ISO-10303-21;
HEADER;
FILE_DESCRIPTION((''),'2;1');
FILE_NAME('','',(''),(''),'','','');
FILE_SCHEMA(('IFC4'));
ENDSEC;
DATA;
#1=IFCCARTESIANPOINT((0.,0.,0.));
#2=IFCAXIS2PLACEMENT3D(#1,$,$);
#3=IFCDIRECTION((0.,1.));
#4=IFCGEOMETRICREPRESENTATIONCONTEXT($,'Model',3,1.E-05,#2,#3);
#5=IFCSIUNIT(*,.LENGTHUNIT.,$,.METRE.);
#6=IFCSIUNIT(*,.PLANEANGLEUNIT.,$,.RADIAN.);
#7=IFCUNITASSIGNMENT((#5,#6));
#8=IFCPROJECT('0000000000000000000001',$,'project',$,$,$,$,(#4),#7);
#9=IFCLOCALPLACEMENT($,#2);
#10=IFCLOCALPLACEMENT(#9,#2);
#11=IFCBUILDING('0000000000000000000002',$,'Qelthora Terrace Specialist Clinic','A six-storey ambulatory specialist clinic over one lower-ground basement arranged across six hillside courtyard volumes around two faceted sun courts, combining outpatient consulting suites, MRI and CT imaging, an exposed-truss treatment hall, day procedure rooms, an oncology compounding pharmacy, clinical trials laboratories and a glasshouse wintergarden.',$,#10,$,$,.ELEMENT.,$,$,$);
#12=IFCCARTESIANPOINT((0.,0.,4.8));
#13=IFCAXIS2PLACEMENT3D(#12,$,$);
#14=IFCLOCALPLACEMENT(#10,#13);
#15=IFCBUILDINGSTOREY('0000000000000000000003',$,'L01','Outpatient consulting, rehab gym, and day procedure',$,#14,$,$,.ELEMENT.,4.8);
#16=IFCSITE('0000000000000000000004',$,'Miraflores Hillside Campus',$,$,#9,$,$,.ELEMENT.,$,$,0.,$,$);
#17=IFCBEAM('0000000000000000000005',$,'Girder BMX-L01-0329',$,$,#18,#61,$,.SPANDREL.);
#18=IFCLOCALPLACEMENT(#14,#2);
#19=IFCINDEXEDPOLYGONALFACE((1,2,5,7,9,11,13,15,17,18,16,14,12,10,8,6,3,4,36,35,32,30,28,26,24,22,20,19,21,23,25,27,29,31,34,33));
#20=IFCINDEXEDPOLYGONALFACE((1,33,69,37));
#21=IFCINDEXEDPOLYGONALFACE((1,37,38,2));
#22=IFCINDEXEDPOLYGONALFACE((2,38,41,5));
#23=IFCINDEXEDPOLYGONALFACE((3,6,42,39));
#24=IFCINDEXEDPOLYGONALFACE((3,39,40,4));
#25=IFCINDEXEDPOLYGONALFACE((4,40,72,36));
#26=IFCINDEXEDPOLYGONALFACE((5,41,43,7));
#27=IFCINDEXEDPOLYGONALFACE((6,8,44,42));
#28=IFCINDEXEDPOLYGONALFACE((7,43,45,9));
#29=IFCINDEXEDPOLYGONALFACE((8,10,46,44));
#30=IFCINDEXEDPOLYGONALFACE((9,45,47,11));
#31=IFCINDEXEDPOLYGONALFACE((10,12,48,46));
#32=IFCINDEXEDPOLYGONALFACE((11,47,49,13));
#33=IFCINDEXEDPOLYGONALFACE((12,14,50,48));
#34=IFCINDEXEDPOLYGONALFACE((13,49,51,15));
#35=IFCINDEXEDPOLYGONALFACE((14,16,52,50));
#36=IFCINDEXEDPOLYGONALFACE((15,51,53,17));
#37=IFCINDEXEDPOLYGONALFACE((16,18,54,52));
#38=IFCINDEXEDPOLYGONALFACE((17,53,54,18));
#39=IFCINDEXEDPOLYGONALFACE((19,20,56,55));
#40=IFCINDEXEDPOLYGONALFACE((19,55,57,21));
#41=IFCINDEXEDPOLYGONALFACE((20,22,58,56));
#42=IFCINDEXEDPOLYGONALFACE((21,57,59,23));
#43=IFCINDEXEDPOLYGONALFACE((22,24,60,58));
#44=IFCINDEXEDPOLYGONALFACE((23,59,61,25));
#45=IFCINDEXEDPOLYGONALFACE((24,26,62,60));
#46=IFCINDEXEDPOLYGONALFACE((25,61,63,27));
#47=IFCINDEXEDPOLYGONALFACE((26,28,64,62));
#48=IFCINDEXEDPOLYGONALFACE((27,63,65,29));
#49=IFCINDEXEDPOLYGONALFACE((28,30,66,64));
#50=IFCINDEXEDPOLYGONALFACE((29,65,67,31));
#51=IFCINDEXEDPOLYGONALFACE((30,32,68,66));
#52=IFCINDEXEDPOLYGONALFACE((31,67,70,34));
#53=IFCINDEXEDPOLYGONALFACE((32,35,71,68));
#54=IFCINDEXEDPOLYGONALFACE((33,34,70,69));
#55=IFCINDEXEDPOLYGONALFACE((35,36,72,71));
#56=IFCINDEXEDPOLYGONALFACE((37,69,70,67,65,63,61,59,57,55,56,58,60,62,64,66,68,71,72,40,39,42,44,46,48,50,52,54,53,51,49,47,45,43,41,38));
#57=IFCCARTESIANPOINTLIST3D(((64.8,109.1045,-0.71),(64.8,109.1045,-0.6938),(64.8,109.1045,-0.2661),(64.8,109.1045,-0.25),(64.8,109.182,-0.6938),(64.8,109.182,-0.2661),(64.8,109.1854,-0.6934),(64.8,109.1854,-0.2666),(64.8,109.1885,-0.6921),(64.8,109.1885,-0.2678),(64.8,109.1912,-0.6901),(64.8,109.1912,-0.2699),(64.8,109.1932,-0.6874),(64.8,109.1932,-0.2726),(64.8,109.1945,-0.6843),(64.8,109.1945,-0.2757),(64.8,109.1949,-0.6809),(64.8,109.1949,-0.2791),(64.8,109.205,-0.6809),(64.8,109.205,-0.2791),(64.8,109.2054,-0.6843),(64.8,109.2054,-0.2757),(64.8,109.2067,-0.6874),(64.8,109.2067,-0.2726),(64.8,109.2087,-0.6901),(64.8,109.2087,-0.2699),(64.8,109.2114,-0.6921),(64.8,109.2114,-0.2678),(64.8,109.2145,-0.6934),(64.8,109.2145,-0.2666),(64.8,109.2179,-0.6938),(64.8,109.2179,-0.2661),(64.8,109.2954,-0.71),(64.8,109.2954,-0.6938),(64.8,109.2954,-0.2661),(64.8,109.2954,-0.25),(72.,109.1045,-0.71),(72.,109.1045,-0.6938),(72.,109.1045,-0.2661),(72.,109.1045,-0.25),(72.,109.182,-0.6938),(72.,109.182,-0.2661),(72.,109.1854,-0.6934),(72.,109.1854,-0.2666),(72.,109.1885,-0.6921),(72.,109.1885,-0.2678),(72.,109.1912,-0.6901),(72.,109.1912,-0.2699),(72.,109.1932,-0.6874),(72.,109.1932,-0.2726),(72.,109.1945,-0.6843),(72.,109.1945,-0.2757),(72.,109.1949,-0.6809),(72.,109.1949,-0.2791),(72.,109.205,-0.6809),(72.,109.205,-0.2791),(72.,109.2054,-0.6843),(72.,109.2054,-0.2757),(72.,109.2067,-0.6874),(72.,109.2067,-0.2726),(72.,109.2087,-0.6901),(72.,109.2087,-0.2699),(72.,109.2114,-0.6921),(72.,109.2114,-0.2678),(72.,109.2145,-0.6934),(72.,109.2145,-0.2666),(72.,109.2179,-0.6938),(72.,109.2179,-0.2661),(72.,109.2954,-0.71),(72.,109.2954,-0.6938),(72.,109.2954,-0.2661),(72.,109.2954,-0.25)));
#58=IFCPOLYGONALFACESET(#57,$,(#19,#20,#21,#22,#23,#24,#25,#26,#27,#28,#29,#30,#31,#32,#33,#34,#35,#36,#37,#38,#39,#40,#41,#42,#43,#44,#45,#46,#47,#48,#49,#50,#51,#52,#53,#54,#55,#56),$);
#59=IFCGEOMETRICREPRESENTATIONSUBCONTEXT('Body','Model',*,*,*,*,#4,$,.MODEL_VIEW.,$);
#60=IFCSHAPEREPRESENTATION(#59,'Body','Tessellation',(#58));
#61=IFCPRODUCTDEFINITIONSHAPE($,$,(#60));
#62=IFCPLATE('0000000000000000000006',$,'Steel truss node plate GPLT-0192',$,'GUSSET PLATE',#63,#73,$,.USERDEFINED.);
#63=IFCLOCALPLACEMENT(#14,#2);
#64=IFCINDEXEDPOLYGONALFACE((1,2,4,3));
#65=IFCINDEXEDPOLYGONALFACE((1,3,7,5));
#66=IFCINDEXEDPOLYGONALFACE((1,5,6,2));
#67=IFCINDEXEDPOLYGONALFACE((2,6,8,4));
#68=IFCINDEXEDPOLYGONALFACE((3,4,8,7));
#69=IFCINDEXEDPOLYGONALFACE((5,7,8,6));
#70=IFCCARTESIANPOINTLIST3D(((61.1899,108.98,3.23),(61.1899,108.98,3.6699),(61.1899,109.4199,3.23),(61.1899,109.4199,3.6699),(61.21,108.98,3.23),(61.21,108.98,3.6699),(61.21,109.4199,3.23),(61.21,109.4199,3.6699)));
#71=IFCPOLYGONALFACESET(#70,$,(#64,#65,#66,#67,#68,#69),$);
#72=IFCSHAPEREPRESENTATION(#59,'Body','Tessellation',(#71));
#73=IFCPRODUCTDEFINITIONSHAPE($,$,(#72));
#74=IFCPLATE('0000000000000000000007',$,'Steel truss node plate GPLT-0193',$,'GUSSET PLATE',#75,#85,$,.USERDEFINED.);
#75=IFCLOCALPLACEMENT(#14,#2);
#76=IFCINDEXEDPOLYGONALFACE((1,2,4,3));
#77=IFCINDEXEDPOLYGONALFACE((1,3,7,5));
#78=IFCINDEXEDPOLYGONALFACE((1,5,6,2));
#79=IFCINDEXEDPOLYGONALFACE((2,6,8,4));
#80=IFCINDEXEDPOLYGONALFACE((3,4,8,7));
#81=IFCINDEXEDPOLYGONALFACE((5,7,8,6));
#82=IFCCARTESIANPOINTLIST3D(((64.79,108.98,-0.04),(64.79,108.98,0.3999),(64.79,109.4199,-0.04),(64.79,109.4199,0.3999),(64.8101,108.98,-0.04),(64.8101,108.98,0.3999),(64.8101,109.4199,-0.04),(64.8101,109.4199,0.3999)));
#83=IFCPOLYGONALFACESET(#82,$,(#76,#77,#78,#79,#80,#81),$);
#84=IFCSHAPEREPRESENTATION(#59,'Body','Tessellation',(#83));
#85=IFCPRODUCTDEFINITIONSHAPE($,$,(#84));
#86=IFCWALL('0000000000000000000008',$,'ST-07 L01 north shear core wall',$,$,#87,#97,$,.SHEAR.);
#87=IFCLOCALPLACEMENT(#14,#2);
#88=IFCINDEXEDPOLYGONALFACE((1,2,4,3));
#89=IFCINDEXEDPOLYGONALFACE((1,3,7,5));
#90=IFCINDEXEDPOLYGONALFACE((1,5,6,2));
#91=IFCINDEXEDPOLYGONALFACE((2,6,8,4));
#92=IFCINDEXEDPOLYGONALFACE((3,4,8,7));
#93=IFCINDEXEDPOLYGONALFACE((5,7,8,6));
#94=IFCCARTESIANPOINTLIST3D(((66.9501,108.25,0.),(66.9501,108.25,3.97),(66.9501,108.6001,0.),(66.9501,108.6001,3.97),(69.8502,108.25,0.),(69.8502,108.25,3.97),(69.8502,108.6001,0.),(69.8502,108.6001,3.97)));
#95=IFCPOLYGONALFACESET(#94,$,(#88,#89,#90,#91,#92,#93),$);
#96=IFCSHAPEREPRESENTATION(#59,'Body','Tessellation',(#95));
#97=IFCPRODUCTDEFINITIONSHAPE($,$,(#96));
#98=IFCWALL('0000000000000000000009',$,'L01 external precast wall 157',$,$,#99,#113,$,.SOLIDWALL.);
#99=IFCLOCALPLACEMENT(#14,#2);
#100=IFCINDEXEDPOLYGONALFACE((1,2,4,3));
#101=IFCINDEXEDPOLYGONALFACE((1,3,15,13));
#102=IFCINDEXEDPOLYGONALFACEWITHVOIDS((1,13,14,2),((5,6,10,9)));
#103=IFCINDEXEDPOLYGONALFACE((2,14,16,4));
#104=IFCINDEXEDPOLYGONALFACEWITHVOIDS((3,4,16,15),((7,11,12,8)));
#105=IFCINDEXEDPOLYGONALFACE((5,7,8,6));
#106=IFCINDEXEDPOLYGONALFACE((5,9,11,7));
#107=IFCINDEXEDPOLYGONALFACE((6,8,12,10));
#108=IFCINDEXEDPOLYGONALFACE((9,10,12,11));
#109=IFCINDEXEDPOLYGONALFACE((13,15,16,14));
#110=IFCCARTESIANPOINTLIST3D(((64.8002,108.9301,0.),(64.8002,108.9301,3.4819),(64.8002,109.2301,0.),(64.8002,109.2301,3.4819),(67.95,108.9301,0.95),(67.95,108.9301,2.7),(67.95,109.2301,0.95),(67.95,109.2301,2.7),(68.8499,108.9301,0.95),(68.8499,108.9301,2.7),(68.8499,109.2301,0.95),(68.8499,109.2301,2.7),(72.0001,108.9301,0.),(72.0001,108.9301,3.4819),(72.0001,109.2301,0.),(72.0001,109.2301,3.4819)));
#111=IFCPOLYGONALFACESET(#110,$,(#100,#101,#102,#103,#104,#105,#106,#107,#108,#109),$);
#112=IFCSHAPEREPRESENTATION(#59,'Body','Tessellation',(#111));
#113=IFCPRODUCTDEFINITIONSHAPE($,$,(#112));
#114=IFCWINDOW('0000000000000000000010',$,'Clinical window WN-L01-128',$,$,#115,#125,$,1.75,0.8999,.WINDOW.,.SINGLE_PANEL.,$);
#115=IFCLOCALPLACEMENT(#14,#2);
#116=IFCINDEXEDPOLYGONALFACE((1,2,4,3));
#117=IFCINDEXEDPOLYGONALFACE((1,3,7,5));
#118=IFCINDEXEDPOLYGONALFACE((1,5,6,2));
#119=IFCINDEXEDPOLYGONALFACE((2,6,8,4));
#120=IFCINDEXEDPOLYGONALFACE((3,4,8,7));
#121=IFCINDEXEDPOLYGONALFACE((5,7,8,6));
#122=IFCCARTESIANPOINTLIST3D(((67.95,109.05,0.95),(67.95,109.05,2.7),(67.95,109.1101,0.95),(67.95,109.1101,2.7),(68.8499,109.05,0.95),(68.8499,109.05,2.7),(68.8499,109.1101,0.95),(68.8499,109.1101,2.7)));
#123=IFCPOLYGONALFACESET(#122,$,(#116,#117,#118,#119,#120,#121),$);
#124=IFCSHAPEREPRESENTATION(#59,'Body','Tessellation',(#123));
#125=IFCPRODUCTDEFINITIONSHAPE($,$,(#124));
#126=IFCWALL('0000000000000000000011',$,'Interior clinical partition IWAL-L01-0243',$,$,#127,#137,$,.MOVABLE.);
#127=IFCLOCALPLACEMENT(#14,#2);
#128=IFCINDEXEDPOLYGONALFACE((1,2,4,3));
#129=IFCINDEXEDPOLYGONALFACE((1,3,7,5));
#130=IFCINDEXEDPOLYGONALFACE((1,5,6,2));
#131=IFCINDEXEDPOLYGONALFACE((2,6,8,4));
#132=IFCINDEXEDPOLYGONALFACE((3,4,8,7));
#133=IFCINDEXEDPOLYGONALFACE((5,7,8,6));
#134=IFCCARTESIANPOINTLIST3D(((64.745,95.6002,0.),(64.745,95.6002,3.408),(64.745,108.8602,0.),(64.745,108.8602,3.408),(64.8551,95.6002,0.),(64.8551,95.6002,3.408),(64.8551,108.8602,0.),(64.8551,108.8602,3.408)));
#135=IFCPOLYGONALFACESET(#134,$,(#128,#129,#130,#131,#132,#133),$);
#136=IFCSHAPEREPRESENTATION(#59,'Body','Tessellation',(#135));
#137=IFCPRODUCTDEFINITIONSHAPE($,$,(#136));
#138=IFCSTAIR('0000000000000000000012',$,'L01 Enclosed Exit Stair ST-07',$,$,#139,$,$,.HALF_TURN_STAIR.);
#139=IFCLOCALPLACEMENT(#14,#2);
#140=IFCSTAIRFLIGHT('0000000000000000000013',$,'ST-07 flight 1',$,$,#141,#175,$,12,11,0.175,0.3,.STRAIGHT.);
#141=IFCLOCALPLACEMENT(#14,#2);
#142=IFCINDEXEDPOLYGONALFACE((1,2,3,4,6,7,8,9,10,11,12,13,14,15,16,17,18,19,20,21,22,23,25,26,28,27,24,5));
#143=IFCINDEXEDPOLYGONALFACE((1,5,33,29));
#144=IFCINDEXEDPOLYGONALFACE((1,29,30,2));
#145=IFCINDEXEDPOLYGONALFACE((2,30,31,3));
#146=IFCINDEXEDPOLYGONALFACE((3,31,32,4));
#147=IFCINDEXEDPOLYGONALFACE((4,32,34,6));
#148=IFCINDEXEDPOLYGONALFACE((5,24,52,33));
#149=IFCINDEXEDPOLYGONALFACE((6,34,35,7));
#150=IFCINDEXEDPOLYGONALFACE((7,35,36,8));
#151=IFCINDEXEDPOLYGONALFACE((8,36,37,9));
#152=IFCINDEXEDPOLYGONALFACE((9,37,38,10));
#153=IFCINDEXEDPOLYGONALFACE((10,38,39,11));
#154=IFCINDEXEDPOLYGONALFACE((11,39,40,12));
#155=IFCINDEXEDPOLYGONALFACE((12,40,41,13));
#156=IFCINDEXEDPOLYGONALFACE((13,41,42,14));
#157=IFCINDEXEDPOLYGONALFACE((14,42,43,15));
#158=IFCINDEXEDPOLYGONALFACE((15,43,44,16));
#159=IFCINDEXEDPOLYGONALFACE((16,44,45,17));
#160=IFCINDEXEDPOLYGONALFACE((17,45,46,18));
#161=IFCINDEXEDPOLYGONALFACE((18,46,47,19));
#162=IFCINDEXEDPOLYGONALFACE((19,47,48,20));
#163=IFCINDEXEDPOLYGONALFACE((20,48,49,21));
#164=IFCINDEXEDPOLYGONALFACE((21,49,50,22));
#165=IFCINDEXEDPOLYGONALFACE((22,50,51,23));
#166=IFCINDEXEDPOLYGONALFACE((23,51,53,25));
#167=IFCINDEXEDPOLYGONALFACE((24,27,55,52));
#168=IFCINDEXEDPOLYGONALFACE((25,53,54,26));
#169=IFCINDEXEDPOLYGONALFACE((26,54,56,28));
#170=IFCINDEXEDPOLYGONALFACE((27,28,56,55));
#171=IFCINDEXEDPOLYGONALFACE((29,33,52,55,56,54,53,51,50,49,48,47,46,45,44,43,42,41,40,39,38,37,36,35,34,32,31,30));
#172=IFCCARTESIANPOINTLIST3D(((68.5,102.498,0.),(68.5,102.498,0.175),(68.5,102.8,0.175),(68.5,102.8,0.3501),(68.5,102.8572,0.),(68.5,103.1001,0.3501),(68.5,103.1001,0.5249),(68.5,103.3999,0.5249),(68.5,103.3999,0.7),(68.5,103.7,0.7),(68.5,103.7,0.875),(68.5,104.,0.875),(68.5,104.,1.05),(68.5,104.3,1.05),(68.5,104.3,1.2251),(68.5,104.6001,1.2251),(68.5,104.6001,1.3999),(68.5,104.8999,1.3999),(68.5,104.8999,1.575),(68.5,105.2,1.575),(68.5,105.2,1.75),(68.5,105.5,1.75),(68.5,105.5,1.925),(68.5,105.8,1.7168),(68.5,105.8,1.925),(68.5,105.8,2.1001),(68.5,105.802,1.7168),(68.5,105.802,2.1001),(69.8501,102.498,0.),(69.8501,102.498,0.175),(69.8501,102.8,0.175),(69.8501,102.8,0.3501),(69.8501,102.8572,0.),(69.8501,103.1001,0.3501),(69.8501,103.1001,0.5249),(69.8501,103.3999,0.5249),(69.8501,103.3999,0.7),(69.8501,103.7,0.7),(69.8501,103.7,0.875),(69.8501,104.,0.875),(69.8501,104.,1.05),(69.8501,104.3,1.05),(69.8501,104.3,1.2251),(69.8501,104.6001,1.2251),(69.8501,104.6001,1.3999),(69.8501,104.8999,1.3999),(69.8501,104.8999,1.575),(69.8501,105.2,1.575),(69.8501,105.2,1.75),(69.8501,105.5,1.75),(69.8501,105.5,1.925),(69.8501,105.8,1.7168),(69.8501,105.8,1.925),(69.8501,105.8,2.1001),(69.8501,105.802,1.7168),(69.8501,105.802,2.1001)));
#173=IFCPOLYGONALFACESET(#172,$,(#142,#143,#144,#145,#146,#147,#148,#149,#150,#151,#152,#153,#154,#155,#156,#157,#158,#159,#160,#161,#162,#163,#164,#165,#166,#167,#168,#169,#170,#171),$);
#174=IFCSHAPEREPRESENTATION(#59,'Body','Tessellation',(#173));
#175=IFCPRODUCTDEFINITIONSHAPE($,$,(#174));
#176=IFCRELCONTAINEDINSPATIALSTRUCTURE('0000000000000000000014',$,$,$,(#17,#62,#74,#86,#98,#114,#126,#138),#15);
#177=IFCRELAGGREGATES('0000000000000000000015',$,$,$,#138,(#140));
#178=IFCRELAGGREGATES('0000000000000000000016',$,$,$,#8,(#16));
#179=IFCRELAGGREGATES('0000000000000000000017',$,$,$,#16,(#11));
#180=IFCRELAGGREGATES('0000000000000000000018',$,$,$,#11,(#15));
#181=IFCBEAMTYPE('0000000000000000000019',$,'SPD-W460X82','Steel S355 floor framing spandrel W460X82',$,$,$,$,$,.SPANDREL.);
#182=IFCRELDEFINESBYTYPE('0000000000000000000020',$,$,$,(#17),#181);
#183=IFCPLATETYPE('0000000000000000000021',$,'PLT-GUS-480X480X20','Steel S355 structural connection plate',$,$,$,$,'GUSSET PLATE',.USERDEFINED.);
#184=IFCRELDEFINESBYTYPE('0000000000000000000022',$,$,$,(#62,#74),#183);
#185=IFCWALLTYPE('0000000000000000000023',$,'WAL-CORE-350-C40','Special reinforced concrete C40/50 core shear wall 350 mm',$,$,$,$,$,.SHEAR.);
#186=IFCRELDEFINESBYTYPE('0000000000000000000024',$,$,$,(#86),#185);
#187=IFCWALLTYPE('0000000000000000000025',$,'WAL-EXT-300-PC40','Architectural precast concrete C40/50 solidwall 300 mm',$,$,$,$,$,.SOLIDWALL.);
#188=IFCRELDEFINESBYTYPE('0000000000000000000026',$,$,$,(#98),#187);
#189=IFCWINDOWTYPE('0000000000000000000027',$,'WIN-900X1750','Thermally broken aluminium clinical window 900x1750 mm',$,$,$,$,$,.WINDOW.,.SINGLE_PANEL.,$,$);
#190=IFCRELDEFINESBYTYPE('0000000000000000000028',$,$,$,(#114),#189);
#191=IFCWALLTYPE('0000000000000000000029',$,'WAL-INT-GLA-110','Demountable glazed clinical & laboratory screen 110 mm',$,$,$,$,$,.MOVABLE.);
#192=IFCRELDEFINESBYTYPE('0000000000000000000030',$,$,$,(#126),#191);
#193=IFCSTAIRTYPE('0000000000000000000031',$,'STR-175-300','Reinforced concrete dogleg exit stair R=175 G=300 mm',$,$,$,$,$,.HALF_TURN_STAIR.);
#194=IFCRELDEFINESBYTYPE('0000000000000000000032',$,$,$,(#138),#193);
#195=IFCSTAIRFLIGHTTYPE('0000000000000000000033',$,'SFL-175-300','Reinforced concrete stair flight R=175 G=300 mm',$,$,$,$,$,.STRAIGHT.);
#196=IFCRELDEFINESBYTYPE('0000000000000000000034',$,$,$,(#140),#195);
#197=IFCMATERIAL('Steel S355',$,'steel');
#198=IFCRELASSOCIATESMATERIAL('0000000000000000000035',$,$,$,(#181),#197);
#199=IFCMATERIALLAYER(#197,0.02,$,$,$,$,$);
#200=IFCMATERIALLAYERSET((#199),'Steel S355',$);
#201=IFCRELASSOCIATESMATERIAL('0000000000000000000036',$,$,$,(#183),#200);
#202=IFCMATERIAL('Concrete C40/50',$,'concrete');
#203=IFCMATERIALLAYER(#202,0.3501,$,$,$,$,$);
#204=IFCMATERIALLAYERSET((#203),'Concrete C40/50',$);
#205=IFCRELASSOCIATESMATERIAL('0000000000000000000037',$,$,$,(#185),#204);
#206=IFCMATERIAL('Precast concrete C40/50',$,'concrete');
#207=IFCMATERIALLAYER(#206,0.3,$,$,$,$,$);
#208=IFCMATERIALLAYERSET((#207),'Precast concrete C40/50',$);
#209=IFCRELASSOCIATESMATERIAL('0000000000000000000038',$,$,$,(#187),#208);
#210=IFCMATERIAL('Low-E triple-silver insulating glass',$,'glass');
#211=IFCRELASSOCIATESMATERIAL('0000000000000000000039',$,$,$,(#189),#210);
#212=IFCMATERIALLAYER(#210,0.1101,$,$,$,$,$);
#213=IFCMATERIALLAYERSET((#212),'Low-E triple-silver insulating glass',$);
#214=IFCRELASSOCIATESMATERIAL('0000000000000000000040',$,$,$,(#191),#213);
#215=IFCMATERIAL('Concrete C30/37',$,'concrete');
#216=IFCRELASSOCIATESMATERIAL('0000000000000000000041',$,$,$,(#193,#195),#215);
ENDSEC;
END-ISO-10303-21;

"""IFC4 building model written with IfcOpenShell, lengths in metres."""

from ifc_helpers import new_model, si_unit, direction, frame, frame_2d, origin, origin_2d, place, context, subcontext, project, spatial, polyline, rectangle, i_section, outline, extrude, material, layer, layer_set, material_profile, profile_set, type_object, element, fill, aggregate, save


model = new_model("IFC4")

# Units and contexts
model_context = context("Model", 3, precision=1e-05, world=origin(), true_north=direction((0.0, 1.0)))
body_context = subcontext(model_context, "Body", "Model", "MODEL_VIEW")
ifc_project = project(units=[si_unit("LENGTHUNIT", "METRE"), si_unit("PLANEANGLEUNIT", "RADIAN")], contexts=[model_context])

# Site, building, storey
site_placement = place(None, origin())
site = spatial("IfcSite", under=ifc_project, at=site_placement, Name="Miraflores Hillside Campus", CompositionType="ELEMENT", RefElevation=0.0)
building_placement = place(site_placement, origin())
building = spatial("IfcBuilding", under=site, at=building_placement, Name="Qelthora Terrace Specialist Clinic", Description="A six-storey ambulatory specialist clinic over one lower-ground basement arranged across six hillside courtyard volumes around two faceted sun courts, combining outpatient consulting suites, MRI and CT imaging, an exposed-truss treatment hall, day procedure rooms, an oncology compounding pharmacy, clinical trials laboratories and a glasshouse wintergarden.", CompositionType="ELEMENT")
storey_placement = place(building_placement, frame((0.0, 0.0, 4.8)))
storey = spatial("IfcBuildingStorey", under=building, at=storey_placement, Name="L01", Description="Outpatient consulting, rehab gym, and day procedure", CompositionType="ELEMENT", Elevation=4.8)

# Shared definitions
ifc_material_1 = material(Name="Steel S355", Category="steel")

# Beam
ifc_material_profile_1 = material_profile(ifc_material_1, i_section(OverallWidth=0.1909, OverallDepth=0.46, WebThickness=0.01, FlangeThickness=0.0161, FilletRadius=0.0129, at=origin_2d()), Name="W460X82")
ifc_profile_set_1 = profile_set([ifc_material_profile_1], Name="Steel S355")
beam_type_1 = type_object("IfcBeamType", Name="SPD-W460X82", Description="Steel S355 floor framing spandrel W460X82", PredefinedType="SPANDREL", material=ifc_profile_set_1)
beam_1_placement = place(storey_placement, frame((64.8, 109.2, -0.48), z_axis=(1.0, 0.0, 0.0), x_axis=(0.0, 1.0, 0.0)))
element("IfcBeam", 1, at=beam_1_placement, inside=storey, type_object=beam_type_1, Name="Girder BMX-L01-0329", PredefinedType="SPANDREL", context=body_context, shape_type="SweptSolid", body=[
    extrude(i_section(OverallWidth=0.1909, OverallDepth=0.46, WebThickness=0.01, FlangeThickness=0.0161, FilletRadius=0.0129, at=origin_2d()), origin(), (0.0, 0.0, 1.0), 7.2),
])

# Plates
ifc_layer_1 = layer(ifc_material_1, 0.02)
ifc_layer_set_1 = layer_set([ifc_layer_1], Name="Steel S355")
plate_type = type_object("IfcPlateType", Name="PLT-GUS-480X480X20", Description="Steel S355 structural connection plate", ElementType="GUSSET PLATE", PredefinedType="USERDEFINED", material=ifc_layer_set_1)
for number, where, z_axis, x_axis, name in (
    (2, (61.2, 109.2, 3.23), (0.0, 0.0, 1.0), (1.0, 0.0, 0.0), "Steel truss node plate GPLT-0192"),
    (3, (64.8, 109.2, -0.04), (0.0, 0.0, 1.0), (1.0, 0.0, 0.0), "Steel truss node plate GPLT-0193"),
):
    element("IfcPlate", number, at=place(storey_placement, frame(where, z_axis=z_axis, x_axis=x_axis)), inside=storey, type_object=plate_type, Name=name, ObjectType="GUSSET PLATE", PredefinedType="USERDEFINED", context=body_context, shape_type="SweptSolid", body=[
        extrude(rectangle(XDim=0.02, YDim=0.4399, at=origin_2d()), origin(), (0.0, 0.0, 1.0), 0.4399),
    ])

# Wall
ifc_material_2 = material(Name="Concrete C40/50", Category="concrete")
ifc_layer_2 = layer(ifc_material_2, 0.3501)
ifc_layer_set_2 = layer_set([ifc_layer_2], Name="Concrete C40/50")
wall_type_1 = type_object("IfcWallType", Name="WAL-CORE-350-C40", Description="Special reinforced concrete C40/50 core shear wall 350 mm", PredefinedType="SHEAR", material=ifc_layer_set_2)
wall_1_placement = place(storey_placement, frame((66.95, 108.425, 0.0), z_axis=(0.0, 0.0, 1.0), x_axis=(1.0, 0.0, 0.0)))
element("IfcWall", 4, at=wall_1_placement, inside=storey, type_object=wall_type_1, Name="ST-07 L01 north shear core wall", PredefinedType="SHEAR", context=body_context, shape_type="SweptSolid", body=[
    extrude(rectangle(XDim=2.9001, YDim=0.3501, at=frame_2d((1.4502, 0.0))), origin(), (0.0, 0.0, 1.0), 3.97),
])

# Wall, opening, window
ifc_material_3 = material(Name="Precast concrete C40/50", Category="concrete")
ifc_layer_3 = layer(ifc_material_3, 0.3)
ifc_layer_set_3 = layer_set([ifc_layer_3], Name="Precast concrete C40/50")
wall_type_2 = type_object("IfcWallType", Name="WAL-EXT-300-PC40", Description="Architectural precast concrete C40/50 solidwall 300 mm", PredefinedType="SOLIDWALL", material=ifc_layer_set_3)
wall_2_placement = place(storey_placement, frame((64.8, 109.0801, 0.0), z_axis=(0.0, 0.0, 1.0), x_axis=(1.0, 0.0, 0.0)))
wall_2 = element("IfcWall", 5, at=wall_2_placement, inside=storey, type_object=wall_type_2, Name="L01 external precast wall 157", PredefinedType="SOLIDWALL", context=body_context, shape_type="SweptSolid", body=[
    extrude(rectangle(XDim=7.2, YDim=0.3, at=frame_2d((3.6001, 0.0))), origin(), (0.0, 0.0, 1.0), 3.4819),
])
opening_1_placement = place(wall_2_placement, frame((3.1499, 0.0, 0.95)))
opening_1 = element("IfcOpeningElement", 6, at=opening_1_placement, cuts=wall_2, PredefinedType="OPENING", context=body_context, shape_type="SweptSolid", body=[
    extrude(rectangle(XDim=0.8999, YDim=1.75, at=frame_2d((0.45, 0.875))), frame((0.0, 0.1599, 0.0), z_axis=(0.0, -1.0, 0.0), x_axis=(1.0, 0.0, 0.0)), (0.0, 0.0, 1.0), 0.3201),
])
ifc_material_4 = material(Name="Low-E triple-silver insulating glass", Category="glass")
window_type = type_object("IfcWindowType", Name="WIN-900X1750", Description="Thermally broken aluminium clinical window 900x1750 mm", PartitioningType="SINGLE_PANEL", PredefinedType="WINDOW", material=ifc_material_4)
window_placement = place(opening_1_placement, origin())
window = element("IfcWindow", 7, at=window_placement, inside=storey, type_object=window_type, Name="Clinical window WN-L01-128", OverallHeight=1.75, OverallWidth=0.8999, PartitioningType="SINGLE_PANEL", PredefinedType="WINDOW", context=body_context, shape_type="SweptSolid", body=[
    extrude(rectangle(XDim=0.8999, YDim=1.75, at=frame_2d((0.45, 0.875))), frame((0.0, 0.03, 0.0), z_axis=(0.0, -1.0, 0.0), x_axis=(1.0, 0.0, 0.0)), (0.0, 0.0, 1.0), 0.0601),
])
fill(opening_1, window)

# Wall
ifc_layer_4 = layer(ifc_material_4, 0.1101)
ifc_layer_set_4 = layer_set([ifc_layer_4], Name="Low-E triple-silver insulating glass")
wall_type_3 = type_object("IfcWallType", Name="WAL-INT-GLA-110", Description="Demountable glazed clinical & laboratory screen 110 mm", PredefinedType="MOVABLE", material=ifc_layer_set_4)
wall_3_placement = place(storey_placement, frame((64.8, 108.8601, 0.0), z_axis=(0.0, 0.0, 1.0), x_axis=(0.0, -1.0, 0.0)))
element("IfcWall", 8, at=wall_3_placement, inside=storey, type_object=wall_type_3, Name="Interior clinical partition IWAL-L01-0243", PredefinedType="MOVABLE", context=body_context, shape_type="SweptSolid", body=[
    extrude(rectangle(XDim=13.26, YDim=0.1101, at=frame_2d((6.6299, 0.0))), origin(), (0.0, 0.0, 1.0), 3.408),
])

# Stair, stair flight
ifc_material_5 = material(Name="Concrete C30/37", Category="concrete")
stair_type = type_object("IfcStairType", Name="STR-175-300", Description="Reinforced concrete dogleg exit stair R=175 G=300 mm", PredefinedType="HALF_TURN_STAIR", material=ifc_material_5)
stair_placement = place(storey_placement, origin())
stair = element("IfcStair", 9, at=stair_placement, inside=storey, type_object=stair_type, Name="L01 Enclosed Exit Stair ST-07", PredefinedType="HALF_TURN_STAIR")
stair_flight_type = type_object("IfcStairFlightType", Name="SFL-175-300", Description="Reinforced concrete stair flight R=175 G=300 mm", PredefinedType="STRAIGHT", material=ifc_material_5)
stair_flight_1_placement = place(storey_placement, frame((69.175, 102.5, 0.0), z_axis=(0.0, 0.0, 1.0), x_axis=(0.0, 1.0, 0.0)))
stair_flight_1 = element("IfcStairFlight", 10, at=stair_flight_1_placement, type_object=stair_flight_type, Name="ST-07 flight 1", NumberOfRisers=12, NumberOfTreads=11, PredefinedType="STRAIGHT", RiserHeight=0.175, TreadLength=0.3, context=body_context, shape_type="SweptSolid", body=[
    extrude(outline(polyline([(-0.002, 0.0), (-0.002, 0.175), (0.3, 0.175), (0.3, 0.3501), (0.6001, 0.3501), (0.6001, 0.5249), (0.8999, 0.5249), (0.8999, 0.7), (1.2, 0.7), (1.2, 0.875), (1.5, 0.875), (1.5, 1.05), (1.8, 1.05), (1.8, 1.2251), (2.1001, 1.2251), (2.1001, 1.3999), (2.3999, 1.3999), (2.3999, 1.575), (2.7, 1.575), (2.7, 1.75), (3.0, 1.75), (3.0, 1.925), (3.3, 1.925), (3.3, 2.1001), (3.302, 2.1001), (3.302, 1.7168), (3.3, 1.7168), (0.3572, 0.0), (-0.002, 0.0)])), frame((0.0, 0.675, 0.0), z_axis=(0.0, -1.0, 0.0), x_axis=(1.0, 0.0, 0.0)), (0.0, 0.0, 1.0), 1.3501),
])
aggregate(stair, [stair_flight_1])

save(model, "model.ifc")
